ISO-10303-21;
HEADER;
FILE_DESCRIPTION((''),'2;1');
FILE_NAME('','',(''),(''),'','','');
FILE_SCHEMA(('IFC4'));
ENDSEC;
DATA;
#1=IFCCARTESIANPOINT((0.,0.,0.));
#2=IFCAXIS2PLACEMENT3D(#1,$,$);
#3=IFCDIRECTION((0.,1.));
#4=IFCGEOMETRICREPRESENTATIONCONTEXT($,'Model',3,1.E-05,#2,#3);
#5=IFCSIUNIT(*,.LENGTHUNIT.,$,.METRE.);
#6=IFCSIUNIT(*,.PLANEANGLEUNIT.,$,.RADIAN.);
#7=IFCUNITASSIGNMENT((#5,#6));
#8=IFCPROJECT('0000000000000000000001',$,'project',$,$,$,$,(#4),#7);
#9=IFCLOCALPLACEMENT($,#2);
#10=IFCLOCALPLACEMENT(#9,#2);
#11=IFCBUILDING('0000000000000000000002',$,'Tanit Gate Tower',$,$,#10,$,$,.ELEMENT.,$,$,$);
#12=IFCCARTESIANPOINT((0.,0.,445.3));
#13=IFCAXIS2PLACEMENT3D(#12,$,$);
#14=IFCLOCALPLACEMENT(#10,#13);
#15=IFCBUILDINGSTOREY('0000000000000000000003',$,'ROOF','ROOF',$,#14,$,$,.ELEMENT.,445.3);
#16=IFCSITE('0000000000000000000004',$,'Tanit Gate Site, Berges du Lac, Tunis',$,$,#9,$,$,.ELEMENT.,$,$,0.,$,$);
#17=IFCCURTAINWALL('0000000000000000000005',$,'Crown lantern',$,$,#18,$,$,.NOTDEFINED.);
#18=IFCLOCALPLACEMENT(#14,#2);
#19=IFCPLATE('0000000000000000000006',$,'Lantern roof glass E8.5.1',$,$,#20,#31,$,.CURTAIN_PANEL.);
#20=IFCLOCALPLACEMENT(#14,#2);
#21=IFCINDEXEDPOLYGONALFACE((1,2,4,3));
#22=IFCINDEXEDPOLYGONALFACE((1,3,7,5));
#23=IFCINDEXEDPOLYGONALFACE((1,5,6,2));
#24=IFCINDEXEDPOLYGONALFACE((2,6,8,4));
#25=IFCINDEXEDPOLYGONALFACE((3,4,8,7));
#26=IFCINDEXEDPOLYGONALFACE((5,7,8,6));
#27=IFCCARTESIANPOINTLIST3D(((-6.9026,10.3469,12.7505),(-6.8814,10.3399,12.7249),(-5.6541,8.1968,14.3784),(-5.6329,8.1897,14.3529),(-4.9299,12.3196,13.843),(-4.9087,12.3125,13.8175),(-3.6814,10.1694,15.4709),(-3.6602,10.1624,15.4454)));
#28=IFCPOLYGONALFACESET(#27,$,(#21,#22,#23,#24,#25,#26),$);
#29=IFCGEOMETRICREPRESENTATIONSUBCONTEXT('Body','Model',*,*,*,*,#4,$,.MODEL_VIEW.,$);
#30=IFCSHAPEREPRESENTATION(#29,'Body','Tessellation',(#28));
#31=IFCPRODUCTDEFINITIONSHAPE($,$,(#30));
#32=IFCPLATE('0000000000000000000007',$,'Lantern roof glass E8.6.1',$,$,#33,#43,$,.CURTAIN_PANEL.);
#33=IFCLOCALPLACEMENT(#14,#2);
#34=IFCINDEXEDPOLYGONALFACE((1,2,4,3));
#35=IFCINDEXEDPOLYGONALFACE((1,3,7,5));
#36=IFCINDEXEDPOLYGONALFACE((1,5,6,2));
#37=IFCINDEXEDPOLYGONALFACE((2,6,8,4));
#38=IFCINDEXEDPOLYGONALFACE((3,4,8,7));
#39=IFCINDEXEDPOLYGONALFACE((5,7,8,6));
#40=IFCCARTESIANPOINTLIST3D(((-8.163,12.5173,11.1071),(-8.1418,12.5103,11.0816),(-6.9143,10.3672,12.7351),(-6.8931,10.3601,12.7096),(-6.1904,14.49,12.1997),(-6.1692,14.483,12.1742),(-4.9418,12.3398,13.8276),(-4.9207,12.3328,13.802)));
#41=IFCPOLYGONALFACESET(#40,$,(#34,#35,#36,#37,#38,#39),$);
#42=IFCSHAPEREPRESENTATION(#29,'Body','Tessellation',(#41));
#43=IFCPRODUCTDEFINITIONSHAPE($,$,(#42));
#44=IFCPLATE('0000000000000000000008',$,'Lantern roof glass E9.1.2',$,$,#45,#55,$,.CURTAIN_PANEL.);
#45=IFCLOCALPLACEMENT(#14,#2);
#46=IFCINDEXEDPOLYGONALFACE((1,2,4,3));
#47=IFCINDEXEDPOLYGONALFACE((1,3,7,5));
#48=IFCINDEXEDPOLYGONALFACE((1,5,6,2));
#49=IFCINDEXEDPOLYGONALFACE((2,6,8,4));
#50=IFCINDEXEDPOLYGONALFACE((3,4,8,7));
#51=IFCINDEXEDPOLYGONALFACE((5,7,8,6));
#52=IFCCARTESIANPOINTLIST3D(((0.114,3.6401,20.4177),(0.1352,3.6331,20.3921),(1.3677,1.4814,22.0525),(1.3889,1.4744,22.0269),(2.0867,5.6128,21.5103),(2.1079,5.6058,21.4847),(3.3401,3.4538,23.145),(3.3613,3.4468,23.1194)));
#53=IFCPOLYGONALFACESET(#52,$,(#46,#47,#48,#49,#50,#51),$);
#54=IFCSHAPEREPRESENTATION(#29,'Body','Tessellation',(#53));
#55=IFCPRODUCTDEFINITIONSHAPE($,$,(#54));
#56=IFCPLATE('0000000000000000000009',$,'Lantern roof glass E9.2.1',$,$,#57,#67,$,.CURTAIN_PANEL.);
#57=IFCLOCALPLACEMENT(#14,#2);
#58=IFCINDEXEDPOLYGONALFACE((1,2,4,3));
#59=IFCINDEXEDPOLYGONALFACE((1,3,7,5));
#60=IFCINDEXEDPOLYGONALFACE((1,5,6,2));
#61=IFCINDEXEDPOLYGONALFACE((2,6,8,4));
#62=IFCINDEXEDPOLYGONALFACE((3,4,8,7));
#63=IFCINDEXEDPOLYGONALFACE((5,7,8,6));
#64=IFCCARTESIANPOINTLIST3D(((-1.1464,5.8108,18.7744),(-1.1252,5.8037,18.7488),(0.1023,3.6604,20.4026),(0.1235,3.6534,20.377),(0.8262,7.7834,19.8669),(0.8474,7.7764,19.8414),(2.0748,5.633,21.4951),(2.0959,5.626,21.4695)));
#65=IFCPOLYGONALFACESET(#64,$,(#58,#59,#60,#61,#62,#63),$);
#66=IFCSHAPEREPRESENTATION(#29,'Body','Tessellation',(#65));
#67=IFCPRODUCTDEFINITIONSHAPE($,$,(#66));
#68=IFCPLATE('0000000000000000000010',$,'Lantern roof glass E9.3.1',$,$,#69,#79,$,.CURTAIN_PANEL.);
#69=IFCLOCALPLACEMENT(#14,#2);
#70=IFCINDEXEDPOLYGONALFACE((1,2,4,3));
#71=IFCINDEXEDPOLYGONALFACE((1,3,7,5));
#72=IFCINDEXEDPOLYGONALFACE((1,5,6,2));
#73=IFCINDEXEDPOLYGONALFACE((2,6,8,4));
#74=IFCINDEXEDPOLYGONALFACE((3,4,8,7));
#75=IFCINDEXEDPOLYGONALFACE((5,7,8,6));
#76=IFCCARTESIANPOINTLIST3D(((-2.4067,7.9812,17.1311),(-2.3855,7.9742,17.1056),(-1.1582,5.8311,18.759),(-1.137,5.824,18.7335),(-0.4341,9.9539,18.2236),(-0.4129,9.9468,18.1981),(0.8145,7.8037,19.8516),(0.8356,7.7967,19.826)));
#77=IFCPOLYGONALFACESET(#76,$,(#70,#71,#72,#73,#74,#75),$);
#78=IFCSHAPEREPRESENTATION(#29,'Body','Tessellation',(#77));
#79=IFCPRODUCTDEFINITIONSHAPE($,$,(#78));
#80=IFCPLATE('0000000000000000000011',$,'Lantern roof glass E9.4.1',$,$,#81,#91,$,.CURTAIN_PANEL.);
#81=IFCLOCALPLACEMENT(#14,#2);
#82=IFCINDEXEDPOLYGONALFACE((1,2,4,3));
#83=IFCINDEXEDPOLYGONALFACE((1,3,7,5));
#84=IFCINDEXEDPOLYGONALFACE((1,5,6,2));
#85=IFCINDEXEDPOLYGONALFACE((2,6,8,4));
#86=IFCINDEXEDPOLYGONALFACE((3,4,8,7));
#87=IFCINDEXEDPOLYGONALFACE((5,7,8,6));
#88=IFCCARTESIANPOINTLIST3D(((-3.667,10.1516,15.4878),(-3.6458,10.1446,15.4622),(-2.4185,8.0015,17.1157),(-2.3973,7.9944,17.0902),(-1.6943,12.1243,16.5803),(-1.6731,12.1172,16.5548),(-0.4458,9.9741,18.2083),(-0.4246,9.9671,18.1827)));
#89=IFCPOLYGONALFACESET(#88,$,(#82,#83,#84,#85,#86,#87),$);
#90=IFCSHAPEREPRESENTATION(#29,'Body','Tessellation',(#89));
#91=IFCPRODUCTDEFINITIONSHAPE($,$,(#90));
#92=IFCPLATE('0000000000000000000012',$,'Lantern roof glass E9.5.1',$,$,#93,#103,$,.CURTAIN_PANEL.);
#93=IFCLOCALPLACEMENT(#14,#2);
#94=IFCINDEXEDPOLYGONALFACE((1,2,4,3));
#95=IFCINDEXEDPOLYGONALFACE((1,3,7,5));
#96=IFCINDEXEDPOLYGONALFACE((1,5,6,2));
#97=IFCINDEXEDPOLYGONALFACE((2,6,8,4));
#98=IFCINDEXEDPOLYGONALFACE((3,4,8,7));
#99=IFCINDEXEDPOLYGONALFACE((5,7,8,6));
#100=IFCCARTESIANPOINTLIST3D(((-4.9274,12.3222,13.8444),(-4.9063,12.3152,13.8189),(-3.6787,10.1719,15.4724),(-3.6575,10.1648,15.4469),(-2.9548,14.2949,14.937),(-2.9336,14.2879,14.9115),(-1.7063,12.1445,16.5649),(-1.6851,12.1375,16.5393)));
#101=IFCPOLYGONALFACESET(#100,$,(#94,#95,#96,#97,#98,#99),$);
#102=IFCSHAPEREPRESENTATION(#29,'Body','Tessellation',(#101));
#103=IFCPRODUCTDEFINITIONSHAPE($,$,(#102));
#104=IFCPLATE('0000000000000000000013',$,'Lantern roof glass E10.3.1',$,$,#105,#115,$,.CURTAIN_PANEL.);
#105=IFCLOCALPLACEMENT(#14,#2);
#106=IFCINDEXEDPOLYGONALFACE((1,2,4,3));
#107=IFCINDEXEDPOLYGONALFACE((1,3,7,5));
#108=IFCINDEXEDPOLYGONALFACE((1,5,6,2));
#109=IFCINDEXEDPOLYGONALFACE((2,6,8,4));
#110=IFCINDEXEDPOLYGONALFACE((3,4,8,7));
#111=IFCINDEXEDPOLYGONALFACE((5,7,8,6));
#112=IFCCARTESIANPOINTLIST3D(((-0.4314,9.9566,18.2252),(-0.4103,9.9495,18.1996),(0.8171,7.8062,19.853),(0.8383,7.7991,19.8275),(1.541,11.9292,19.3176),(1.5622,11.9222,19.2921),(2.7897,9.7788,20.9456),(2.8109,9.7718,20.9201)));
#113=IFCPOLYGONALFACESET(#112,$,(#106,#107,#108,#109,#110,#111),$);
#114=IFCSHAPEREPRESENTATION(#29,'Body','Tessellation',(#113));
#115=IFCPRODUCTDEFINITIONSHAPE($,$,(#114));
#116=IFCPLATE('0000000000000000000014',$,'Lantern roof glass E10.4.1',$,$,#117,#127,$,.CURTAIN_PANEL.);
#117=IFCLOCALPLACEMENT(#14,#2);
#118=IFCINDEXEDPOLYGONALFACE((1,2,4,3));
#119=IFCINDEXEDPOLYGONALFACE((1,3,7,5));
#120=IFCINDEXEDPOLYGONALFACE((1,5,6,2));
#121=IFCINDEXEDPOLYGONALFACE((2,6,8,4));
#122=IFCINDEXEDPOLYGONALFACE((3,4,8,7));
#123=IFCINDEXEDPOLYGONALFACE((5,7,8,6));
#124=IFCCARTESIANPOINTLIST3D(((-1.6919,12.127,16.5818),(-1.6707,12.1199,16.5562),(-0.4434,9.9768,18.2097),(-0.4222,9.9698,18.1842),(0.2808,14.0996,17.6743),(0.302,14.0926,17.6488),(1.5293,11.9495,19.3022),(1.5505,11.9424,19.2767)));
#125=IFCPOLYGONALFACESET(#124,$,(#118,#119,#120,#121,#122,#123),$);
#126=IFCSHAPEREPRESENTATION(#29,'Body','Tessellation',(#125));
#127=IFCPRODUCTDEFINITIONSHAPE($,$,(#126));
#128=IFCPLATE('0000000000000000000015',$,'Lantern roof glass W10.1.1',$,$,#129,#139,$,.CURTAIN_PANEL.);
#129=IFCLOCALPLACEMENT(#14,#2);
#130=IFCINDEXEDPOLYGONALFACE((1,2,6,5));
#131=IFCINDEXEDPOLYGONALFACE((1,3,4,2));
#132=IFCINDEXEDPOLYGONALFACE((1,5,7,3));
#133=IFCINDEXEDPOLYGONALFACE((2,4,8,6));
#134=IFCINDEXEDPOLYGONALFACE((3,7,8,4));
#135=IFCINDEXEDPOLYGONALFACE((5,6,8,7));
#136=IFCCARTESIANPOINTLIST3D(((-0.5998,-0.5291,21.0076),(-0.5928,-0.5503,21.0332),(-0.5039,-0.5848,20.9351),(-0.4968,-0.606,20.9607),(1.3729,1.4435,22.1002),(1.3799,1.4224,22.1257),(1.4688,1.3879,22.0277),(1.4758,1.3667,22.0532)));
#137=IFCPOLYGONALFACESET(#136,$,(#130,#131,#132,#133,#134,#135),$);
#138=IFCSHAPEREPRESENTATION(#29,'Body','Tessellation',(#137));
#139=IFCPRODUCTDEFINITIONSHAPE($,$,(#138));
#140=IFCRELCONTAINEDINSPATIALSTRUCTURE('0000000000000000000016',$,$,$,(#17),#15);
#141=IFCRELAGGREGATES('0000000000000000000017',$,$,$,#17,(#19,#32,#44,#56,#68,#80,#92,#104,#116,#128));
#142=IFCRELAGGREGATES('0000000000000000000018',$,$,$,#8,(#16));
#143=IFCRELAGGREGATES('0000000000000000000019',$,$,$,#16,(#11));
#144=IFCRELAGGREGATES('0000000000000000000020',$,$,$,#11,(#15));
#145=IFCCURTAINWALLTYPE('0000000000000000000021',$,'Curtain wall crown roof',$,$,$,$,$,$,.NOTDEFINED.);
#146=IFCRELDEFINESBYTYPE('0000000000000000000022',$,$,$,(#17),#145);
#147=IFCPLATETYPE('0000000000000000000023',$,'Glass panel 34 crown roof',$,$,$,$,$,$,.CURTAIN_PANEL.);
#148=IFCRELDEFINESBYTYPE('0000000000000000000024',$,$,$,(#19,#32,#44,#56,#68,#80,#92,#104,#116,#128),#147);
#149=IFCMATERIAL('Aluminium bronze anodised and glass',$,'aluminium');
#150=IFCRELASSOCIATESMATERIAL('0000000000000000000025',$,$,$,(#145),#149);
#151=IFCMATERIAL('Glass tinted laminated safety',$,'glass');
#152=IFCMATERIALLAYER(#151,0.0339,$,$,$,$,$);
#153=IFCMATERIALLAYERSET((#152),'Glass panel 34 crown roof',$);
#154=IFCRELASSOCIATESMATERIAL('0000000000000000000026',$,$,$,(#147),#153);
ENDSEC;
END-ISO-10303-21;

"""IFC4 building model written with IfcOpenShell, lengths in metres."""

from ifc_helpers import new_model, si_unit, direction, frame, origin, place, context, subcontext, project, spatial, polyline, outline, extrude, material, layer, layer_set, type_object, element, aggregate, save


model = new_model("IFC4")

# Units and contexts
model_context = context("Model", 3, precision=1e-05, world=origin(), true_north=direction((0.0, 1.0)))
body_context = subcontext(model_context, "Body", "Model", "MODEL_VIEW")
ifc_project = project(units=[si_unit("LENGTHUNIT", "METRE"), si_unit("PLANEANGLEUNIT", "RADIAN")], contexts=[model_context])

# Site, building, storey
site_placement = place(None, origin())
site = spatial("IfcSite", under=ifc_project, at=site_placement, Name="Tanit Gate Site, Berges du Lac, Tunis", CompositionType="ELEMENT", RefElevation=0.0)
building_placement = place(site_placement, origin())
building = spatial("IfcBuilding", under=site, at=building_placement, Name="Tanit Gate Tower", CompositionType="ELEMENT")
storey_placement = place(building_placement, frame((0.0, 0.0, 445.3)))
storey = spatial("IfcBuildingStorey", under=building, at=storey_placement, Name="ROOF", Description="ROOF", CompositionType="ELEMENT", Elevation=445.3)

# Curtain wall, plates
ifc_material_1 = material(Name="Aluminium bronze anodised and glass", Category="aluminium")
curtain_wall_type = type_object("IfcCurtainWallType", Name="Curtain wall crown roof", PredefinedType="NOTDEFINED", material=ifc_material_1)
curtain_wall_placement = place(storey_placement, origin())
curtain_wall = element("IfcCurtainWall", 1, at=curtain_wall_placement, inside=storey, type_object=curtain_wall_type, Name="Crown lantern", PredefinedType="NOTDEFINED")
ifc_material_2 = material(Name="Glass tinted laminated safety", Category="glass")
ifc_layer = layer(ifc_material_2, 0.0339)
ifc_layer_set = layer_set([ifc_layer], Name="Glass panel 34 crown roof")
plate_type = type_object("IfcPlateType", Name="Glass panel 34 crown roof", PredefinedType="CURTAIN_PANEL", material=ifc_layer_set)
plate_1_placement = place(storey_placement, frame((-4.9299, 12.3196, 13.843), z_axis=(-0.624492, 0.207468, 0.752972), x_axis=(-0.658417, -0.658417, -0.364656)))
plate_1 = element("IfcPlate", 2, at=plate_1_placement, type_object=plate_type, Name="Lantern roof glass E8.5.1", PredefinedType="CURTAIN_PANEL", context=body_context, shape_type="SweptSolid", body=[
    extrude(outline(polyline([(0.0, 0.0), (2.9961, 0.0), (2.9961, 2.9719), (0.0, 2.9719), (0.0, 0.0)])), origin(), (0.0, 0.0, -1.0), 0.0339),
])
plate_2_placement = place(storey_placement, frame((-6.1904, 14.49, 12.1997), z_axis=(-0.624498, 0.207433, 0.752977), x_axis=(-0.658401, -0.658422, -0.364675)))
plate_2 = element("IfcPlate", 3, at=plate_2_placement, type_object=plate_type, Name="Lantern roof glass E8.6.1", PredefinedType="CURTAIN_PANEL", context=body_context, shape_type="SweptSolid", body=[
    extrude(outline(polyline([(0.0, 0.0), (2.9961, 0.0), (2.9959, 2.972), (0.0, 2.9719), (0.0, 0.0)])), origin(), (0.0, 0.0, -1.0), 0.0339),
])
plate_3_placement = place(storey_placement, frame((1.3677, 1.4814, 22.0525), z_axis=(-0.624534, 0.207511, 0.752925), x_axis=(0.658417, 0.658403, 0.364682)))
plate_3 = element("IfcPlate", 4, at=plate_3_placement, type_object=plate_type, Name="Lantern roof glass E9.1.2", PredefinedType="CURTAIN_PANEL", context=body_context, shape_type="SweptSolid", body=[
    extrude(outline(polyline([(0.0, 0.0), (2.9957, 0.0), (2.9957, 2.984), (-0.0003, 2.984), (0.0, 0.0)])), origin(), (0.0, 0.0, -1.0), 0.0339),
])
plate_4_placement = place(storey_placement, frame((0.8262, 7.7834, 19.8669), z_axis=(-0.624516, 0.207465, 0.752953), x_axis=(-0.658401, -0.658422, -0.364675)))
plate_4 = element("IfcPlate", 5, at=plate_4_placement, type_object=plate_type, Name="Lantern roof glass E9.2.1", PredefinedType="CURTAIN_PANEL", context=body_context, shape_type="SweptSolid", body=[
    extrude(outline(polyline([(0.0, 0.0), (2.9961, 0.0), (2.996, 2.9723), (0.0001, 2.9722), (0.0, 0.0)])), origin(), (0.0, 0.0, -1.0), 0.0339),
])
plate_5_placement = place(storey_placement, frame((-0.4341, 9.9539, 18.2236), z_axis=(-0.624492, 0.207468, 0.752972), x_axis=(-0.658417, -0.658417, -0.364656)))
plate_5 = element("IfcPlate", 6, at=plate_5_placement, type_object=plate_type, Name="Lantern roof glass E9.3.1", PredefinedType="CURTAIN_PANEL", context=body_context, shape_type="SweptSolid", body=[
    extrude(outline(polyline([(0.0, 0.0), (2.9961, 0.0), (2.9961, 2.9719), (0.0, 2.9719), (0.0, 0.0)])), origin(), (0.0, 0.0, -1.0), 0.0339),
])
plate_6_placement = place(storey_placement, frame((-1.6943, 12.1243, 16.5803), z_axis=(-0.624492, 0.207468, 0.752972), x_axis=(-0.658417, -0.658417, -0.364656)))
plate_6 = element("IfcPlate", 7, at=plate_6_placement, type_object=plate_type, Name="Lantern roof glass E9.4.1", PredefinedType="CURTAIN_PANEL", context=body_context, shape_type="SweptSolid", body=[
    extrude(outline(polyline([(0.0, 0.0), (2.9961, 0.0), (2.9961, 2.9719), (0.0, 2.9719), (0.0, 0.0)])), origin(), (0.0, 0.0, -1.0), 0.0339),
])
plate_7_placement = place(storey_placement, frame((-2.9548, 14.2949, 14.937), z_axis=(-0.62449, 0.20742, 0.752986), x_axis=(-0.658401, -0.658422, -0.364675)))
plate_7 = element("IfcPlate", 8, at=plate_7_placement, type_object=plate_type, Name="Lantern roof glass E9.5.1", PredefinedType="CURTAIN_PANEL", context=body_context, shape_type="SweptSolid", body=[
    extrude(outline(polyline([(0.0, 0.0), (2.9961, 0.0), (2.9961, 2.9722), (0.0002, 2.9721), (0.0, 0.0)])), origin(), (0.0, 0.0, -1.0), 0.0339),
])
plate_8_placement = place(storey_placement, frame((1.541, 11.9292, 19.3176), z_axis=(-0.62449, 0.20742, 0.752986), x_axis=(-0.658387, -0.658447, -0.364656)))
plate_8 = element("IfcPlate", 9, at=plate_8_placement, type_object=plate_type, Name="Lantern roof glass E10.3.1", PredefinedType="CURTAIN_PANEL", context=body_context, shape_type="SweptSolid", body=[
    extrude(outline(polyline([(0.0, 0.0), (2.9959, 0.0), (2.9962, 2.9721), (0.0001, 2.9722), (0.0, 0.0)])), origin(), (0.0, 0.0, -1.0), 0.0339),
])
plate_9_placement = place(storey_placement, frame((0.2808, 14.0996, 17.6743), z_axis=(-0.624492, 0.207468, 0.752972), x_axis=(-0.658417, -0.658417, -0.364656)))
plate_9 = element("IfcPlate", 10, at=plate_9_placement, type_object=plate_type, Name="Lantern roof glass E10.4.1", PredefinedType="CURTAIN_PANEL", context=body_context, shape_type="SweptSolid", body=[
    extrude(outline(polyline([(0.0, 0.0), (2.9961, 0.0), (2.9961, 2.9719), (0.0, 2.9719), (0.0, 0.0)])), origin(), (0.0, 0.0, -1.0), 0.0339),
])
plate_10_placement = place(storey_placement, frame((1.3799, 1.4224, 22.1257), z_axis=(0.207086, -0.62427, 0.753261), x_axis=(-0.658417, -0.658417, -0.364656)))
plate_10 = element("IfcPlate", 11, at=plate_10_placement, type_object=plate_type, Name="Lantern roof glass W10.1.1", PredefinedType="CURTAIN_PANEL", context=body_context, shape_type="SweptSolid", body=[
    extrude(outline(polyline([(0.0, 0.0), (2.9961, 0.0), (2.996, 0.1325), (-0.0001, 0.1325), (0.0, 0.0)])), origin(), (0.0, 0.0, -1.0), 0.0339),
])
aggregate(curtain_wall, [plate_1, plate_2, plate_3, plate_4, plate_5, plate_6, plate_7, plate_8, plate_9, plate_10])

save(model, "model.ifc")
